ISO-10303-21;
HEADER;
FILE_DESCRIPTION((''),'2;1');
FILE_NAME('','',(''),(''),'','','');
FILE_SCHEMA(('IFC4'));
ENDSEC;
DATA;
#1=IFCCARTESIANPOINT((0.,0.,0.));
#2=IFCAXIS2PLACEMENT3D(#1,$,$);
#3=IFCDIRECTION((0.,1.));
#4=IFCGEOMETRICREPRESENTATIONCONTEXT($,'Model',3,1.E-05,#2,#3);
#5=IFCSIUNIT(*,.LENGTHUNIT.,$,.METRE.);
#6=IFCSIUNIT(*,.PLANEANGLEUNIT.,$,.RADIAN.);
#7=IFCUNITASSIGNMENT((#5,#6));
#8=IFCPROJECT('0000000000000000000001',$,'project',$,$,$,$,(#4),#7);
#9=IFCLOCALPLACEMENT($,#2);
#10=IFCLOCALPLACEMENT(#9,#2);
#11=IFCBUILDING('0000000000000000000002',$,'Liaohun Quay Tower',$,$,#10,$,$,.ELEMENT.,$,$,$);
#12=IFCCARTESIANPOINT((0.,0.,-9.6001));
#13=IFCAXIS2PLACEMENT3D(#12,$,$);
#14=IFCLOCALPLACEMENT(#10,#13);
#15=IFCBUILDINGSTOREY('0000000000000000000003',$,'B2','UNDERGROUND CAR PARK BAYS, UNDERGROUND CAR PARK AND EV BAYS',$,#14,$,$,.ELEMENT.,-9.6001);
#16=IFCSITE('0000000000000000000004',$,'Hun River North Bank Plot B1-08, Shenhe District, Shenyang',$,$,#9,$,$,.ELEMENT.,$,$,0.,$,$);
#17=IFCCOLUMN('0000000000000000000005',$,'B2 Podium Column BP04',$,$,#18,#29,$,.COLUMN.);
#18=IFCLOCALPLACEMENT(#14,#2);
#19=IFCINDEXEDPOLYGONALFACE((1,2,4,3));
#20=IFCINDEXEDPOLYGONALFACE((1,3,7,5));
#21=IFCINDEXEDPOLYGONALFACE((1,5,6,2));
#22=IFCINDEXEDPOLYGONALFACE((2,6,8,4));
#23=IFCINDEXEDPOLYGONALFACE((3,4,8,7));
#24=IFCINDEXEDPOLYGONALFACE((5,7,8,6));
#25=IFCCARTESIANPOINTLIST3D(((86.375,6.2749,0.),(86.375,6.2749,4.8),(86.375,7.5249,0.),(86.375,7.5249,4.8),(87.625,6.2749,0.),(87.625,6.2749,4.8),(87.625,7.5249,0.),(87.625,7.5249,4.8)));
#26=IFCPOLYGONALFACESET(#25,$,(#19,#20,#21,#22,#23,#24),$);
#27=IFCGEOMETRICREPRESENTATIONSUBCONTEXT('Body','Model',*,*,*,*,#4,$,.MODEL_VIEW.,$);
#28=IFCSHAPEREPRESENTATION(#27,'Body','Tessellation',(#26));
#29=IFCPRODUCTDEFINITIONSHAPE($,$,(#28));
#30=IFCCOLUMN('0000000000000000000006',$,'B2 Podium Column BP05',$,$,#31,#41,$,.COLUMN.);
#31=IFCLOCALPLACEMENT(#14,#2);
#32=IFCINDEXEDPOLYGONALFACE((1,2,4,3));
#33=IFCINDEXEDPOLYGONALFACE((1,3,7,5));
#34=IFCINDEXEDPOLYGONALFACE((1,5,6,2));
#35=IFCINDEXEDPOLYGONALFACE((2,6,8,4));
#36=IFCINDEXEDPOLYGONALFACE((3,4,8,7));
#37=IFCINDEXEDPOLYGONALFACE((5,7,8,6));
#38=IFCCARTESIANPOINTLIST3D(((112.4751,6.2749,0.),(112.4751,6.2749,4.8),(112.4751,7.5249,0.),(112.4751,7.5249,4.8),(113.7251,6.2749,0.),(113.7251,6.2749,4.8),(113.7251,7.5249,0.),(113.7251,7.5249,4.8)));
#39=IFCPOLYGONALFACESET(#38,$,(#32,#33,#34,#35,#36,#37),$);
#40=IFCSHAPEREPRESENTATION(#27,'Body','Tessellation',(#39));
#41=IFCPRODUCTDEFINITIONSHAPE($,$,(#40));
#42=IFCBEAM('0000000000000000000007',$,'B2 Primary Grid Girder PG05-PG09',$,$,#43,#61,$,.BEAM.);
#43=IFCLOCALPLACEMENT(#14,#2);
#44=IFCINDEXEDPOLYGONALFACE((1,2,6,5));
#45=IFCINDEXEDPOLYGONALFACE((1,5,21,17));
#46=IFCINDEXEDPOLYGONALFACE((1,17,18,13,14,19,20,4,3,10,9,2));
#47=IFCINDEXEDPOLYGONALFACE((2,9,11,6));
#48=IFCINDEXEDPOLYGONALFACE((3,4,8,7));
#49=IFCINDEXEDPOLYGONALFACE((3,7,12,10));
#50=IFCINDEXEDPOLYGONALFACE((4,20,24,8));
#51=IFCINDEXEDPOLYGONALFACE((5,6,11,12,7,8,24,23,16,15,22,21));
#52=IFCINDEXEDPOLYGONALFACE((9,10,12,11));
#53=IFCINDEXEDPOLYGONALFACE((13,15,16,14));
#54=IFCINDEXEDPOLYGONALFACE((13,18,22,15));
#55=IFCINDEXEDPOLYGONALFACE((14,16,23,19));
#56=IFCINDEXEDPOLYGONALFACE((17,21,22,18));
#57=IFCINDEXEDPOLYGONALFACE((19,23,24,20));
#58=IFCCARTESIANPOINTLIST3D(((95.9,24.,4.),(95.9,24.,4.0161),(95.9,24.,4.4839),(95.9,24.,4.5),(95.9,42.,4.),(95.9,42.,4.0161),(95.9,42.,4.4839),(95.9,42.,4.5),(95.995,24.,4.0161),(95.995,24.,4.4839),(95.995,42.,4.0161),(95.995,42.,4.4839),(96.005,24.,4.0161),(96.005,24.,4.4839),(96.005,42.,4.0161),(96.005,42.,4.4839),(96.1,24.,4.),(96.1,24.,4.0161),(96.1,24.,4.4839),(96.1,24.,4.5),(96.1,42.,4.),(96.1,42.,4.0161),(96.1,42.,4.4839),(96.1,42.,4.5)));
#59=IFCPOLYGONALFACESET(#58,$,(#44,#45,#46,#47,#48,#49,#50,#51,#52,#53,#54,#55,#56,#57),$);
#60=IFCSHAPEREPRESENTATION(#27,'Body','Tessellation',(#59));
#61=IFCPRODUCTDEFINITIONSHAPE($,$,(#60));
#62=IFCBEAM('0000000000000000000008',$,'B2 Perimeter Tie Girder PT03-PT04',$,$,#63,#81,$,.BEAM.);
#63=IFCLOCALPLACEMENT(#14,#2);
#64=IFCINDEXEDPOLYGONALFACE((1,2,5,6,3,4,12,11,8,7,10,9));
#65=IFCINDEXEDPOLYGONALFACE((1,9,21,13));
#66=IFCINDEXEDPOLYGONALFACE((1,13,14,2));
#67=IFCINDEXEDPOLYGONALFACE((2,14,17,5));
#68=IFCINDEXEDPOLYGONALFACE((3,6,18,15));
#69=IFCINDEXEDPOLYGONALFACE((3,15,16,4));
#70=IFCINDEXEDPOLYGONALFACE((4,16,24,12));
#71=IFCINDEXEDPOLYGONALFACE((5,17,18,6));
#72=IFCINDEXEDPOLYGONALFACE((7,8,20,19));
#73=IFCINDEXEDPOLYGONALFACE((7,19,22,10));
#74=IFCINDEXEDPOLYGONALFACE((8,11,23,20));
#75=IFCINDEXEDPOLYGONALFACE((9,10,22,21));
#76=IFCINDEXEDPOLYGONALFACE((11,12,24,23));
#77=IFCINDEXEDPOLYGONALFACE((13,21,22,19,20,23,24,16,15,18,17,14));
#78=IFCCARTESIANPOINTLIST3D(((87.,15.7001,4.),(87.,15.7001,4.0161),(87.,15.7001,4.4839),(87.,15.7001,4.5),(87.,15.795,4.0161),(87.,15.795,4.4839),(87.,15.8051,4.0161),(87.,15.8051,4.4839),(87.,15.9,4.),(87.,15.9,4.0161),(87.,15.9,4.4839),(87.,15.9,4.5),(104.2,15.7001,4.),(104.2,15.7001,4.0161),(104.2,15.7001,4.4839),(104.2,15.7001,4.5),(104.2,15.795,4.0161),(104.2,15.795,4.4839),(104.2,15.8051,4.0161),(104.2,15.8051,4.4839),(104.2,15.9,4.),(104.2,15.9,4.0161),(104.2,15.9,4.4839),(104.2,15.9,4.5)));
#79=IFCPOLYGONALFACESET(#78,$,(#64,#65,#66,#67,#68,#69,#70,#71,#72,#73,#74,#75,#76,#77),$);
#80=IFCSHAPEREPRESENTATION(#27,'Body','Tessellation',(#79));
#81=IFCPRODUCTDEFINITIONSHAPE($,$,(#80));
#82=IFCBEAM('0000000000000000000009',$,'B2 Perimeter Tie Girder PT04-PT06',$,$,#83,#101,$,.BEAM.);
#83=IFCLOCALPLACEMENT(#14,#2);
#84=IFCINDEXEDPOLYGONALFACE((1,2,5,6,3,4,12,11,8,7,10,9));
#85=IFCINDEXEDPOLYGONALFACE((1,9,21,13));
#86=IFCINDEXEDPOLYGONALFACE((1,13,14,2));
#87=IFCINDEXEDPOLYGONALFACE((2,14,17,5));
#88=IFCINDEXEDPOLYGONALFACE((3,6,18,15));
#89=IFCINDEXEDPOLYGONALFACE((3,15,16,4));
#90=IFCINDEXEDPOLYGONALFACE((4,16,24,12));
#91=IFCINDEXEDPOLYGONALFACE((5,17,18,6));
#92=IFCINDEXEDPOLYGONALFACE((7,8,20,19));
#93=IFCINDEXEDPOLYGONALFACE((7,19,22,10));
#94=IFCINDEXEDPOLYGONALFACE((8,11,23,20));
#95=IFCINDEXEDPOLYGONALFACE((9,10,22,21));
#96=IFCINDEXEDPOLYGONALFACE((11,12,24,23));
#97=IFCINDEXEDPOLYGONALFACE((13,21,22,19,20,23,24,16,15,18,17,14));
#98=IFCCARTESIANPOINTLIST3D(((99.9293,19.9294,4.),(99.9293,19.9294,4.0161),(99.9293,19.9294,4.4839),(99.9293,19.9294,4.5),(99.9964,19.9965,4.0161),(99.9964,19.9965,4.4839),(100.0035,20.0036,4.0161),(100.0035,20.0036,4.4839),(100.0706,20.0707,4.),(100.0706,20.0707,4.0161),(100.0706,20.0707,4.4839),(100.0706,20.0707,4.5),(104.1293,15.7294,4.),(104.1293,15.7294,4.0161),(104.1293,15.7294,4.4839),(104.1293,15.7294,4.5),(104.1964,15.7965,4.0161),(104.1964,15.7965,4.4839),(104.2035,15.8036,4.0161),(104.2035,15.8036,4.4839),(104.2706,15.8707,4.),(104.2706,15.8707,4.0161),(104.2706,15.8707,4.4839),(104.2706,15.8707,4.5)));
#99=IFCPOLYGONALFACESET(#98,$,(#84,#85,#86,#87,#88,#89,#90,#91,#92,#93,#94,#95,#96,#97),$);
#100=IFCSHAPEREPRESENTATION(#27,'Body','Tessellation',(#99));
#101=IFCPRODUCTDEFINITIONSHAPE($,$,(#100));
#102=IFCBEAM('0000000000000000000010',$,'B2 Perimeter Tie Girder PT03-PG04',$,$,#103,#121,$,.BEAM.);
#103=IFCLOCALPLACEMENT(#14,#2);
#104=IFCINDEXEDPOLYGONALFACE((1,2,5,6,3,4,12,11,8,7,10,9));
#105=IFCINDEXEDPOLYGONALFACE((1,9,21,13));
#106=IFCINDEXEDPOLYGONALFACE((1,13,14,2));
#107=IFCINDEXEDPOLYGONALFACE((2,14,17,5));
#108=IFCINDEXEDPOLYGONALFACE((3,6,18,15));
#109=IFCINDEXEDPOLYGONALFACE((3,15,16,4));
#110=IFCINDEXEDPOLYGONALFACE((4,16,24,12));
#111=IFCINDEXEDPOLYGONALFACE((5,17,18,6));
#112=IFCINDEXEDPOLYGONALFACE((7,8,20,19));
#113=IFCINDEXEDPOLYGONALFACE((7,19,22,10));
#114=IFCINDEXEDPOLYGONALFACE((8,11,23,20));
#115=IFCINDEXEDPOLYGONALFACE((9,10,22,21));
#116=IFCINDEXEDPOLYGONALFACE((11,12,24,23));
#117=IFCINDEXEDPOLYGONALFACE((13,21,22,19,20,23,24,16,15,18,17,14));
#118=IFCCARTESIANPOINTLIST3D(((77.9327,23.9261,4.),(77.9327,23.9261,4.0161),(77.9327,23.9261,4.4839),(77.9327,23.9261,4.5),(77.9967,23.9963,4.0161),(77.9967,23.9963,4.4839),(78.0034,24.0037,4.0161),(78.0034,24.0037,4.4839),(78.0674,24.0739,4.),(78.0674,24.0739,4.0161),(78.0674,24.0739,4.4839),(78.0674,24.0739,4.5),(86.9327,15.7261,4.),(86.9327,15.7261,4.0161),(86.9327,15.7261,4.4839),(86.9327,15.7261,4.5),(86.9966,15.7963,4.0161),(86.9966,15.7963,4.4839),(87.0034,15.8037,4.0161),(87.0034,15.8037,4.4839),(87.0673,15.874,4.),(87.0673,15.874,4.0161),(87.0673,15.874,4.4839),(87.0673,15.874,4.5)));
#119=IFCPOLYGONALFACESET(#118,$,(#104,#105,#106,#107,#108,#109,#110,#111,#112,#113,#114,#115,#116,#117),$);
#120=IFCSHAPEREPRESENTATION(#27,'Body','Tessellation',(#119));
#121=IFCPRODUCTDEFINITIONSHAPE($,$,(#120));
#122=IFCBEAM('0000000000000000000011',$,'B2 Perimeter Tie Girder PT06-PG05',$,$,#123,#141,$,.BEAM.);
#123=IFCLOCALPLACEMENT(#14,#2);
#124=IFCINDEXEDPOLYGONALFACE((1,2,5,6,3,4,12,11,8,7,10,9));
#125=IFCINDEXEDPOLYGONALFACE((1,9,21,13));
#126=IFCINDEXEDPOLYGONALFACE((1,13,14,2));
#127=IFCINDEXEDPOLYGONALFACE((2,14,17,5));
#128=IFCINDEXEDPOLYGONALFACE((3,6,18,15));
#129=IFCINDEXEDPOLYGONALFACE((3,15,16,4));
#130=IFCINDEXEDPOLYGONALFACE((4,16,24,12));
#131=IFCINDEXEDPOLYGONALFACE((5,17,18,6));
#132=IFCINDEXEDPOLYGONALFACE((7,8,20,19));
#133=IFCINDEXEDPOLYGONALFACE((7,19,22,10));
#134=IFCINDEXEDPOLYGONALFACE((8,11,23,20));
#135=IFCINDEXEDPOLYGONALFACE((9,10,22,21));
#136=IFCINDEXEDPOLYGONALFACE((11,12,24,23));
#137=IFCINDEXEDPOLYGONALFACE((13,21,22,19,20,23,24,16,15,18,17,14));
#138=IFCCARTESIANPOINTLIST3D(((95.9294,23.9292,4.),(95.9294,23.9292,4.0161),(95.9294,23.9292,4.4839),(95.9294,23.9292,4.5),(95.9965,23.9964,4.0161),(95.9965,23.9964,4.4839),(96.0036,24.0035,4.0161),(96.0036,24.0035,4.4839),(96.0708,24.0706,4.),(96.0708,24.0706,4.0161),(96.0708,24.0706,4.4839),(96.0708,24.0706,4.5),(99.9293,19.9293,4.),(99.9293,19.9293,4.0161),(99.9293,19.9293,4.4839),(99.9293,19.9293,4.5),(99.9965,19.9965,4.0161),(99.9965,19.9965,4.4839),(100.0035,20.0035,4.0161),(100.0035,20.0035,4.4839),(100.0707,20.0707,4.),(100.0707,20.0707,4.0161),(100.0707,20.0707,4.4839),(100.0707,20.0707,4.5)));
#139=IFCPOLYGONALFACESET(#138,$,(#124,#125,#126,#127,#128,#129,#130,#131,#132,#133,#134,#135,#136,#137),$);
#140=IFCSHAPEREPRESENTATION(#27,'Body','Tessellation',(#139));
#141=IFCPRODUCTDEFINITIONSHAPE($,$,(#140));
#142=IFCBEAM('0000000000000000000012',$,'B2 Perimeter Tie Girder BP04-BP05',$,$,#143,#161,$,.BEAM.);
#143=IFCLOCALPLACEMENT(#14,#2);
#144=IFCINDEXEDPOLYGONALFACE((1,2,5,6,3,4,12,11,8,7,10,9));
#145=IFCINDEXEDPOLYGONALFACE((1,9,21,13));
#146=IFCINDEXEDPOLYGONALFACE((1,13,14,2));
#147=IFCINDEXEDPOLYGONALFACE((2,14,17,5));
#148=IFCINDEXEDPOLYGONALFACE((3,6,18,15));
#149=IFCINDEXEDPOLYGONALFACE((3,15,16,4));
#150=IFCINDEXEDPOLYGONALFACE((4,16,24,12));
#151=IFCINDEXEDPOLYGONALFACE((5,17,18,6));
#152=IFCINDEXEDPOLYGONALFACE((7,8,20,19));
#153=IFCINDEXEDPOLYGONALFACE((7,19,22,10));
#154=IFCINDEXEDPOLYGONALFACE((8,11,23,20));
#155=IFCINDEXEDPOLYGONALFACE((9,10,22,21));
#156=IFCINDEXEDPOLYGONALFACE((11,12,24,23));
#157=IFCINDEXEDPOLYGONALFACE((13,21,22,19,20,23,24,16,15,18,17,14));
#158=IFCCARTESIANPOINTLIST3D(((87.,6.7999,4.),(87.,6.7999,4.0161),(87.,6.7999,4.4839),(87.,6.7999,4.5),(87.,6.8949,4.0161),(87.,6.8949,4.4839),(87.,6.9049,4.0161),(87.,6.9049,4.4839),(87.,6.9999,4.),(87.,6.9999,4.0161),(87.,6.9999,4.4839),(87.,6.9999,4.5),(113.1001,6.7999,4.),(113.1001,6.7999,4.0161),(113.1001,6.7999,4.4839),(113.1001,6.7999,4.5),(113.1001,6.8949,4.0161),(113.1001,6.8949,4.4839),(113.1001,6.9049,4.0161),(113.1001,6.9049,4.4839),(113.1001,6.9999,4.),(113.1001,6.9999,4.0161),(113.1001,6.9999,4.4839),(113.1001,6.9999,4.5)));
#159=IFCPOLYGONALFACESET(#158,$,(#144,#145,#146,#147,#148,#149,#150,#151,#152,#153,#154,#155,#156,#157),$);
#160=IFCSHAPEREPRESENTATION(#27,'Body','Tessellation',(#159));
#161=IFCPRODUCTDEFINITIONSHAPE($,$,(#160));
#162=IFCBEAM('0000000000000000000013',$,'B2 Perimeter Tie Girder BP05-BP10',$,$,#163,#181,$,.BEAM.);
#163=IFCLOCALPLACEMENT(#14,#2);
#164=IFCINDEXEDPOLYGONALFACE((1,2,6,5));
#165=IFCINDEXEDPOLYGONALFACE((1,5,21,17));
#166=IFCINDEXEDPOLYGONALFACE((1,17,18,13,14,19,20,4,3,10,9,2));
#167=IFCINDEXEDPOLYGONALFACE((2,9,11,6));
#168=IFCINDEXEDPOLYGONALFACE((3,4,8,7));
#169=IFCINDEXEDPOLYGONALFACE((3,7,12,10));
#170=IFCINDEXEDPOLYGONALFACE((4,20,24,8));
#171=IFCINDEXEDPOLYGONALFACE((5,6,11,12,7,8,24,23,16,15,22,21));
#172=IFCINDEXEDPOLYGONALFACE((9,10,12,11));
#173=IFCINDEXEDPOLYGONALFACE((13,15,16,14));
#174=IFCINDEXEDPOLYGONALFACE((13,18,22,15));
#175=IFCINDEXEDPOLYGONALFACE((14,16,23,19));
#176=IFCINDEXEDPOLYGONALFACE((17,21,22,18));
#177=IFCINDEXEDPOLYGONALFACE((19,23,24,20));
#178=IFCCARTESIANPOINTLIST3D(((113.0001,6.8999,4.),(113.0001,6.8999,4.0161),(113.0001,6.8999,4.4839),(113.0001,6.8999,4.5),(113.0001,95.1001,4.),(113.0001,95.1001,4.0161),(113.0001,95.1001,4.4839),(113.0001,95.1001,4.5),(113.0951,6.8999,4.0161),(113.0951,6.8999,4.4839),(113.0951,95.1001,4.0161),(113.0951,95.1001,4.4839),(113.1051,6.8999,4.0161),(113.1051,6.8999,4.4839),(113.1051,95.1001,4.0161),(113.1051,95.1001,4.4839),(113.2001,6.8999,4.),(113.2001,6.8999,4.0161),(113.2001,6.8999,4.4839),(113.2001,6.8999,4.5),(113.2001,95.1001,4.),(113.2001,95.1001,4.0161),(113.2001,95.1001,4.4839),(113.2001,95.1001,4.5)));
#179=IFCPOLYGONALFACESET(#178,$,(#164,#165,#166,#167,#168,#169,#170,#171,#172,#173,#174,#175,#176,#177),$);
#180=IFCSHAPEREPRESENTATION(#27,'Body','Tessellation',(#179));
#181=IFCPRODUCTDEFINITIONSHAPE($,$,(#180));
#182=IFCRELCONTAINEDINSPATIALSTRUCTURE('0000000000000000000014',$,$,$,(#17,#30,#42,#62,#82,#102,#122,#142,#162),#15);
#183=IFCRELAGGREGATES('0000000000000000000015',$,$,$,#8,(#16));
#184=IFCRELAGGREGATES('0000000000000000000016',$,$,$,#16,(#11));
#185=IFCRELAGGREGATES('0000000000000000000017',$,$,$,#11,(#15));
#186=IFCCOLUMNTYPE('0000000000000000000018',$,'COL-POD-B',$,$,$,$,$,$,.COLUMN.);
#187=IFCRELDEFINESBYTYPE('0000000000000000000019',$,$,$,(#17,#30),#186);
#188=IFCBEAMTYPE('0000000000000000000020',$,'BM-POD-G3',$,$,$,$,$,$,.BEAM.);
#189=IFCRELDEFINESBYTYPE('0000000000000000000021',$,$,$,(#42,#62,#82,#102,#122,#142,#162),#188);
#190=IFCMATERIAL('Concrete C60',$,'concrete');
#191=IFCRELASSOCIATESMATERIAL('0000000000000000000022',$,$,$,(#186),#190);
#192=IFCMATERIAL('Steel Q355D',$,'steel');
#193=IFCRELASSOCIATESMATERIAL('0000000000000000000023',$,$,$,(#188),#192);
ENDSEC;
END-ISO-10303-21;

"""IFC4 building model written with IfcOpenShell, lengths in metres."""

from ifc_helpers import new_model, si_unit, direction, frame, origin, origin_2d, place, context, subcontext, project, spatial, rectangle, i_section, extrude, source, transform, mapped, material, material_profile, profile_set, type_object, element, save


model = new_model("IFC4")

# Units and contexts
model_context = context("Model", 3, precision=1e-05, world=origin(), true_north=direction((0.0, 1.0)))
body_context = subcontext(model_context, "Body", "Model", "MODEL_VIEW")
ifc_project = project(units=[si_unit("LENGTHUNIT", "METRE"), si_unit("PLANEANGLEUNIT", "RADIAN")], contexts=[model_context])

# Site, building, storey
site_placement = place(None, origin())
site = spatial("IfcSite", under=ifc_project, at=site_placement, Name="Hun River North Bank Plot B1-08, Shenhe District, Shenyang", CompositionType="ELEMENT", RefElevation=0.0)
building_placement = place(site_placement, origin())
building = spatial("IfcBuilding", under=site, at=building_placement, Name="Liaohun Quay Tower", CompositionType="ELEMENT")
storey_placement = place(building_placement, frame((0.0, 0.0, -9.6001)))
storey = spatial("IfcBuildingStorey", under=building, at=storey_placement, Name="B2", Description="UNDERGROUND CAR PARK BAYS, UNDERGROUND CAR PARK AND EV BAYS", CompositionType="ELEMENT", Elevation=-9.6001)

# Columns
ifc_material_1 = material(Name="Concrete C60", Category="concrete")
ifc_material_profile_1 = material_profile(ifc_material_1, rectangle(XDim=1.25, YDim=1.25, at=origin_2d()), Name="RC1250x1250")
ifc_profile_set_1 = profile_set([ifc_material_profile_1], Name="Concrete C60")
column_type = type_object("IfcColumnType", Name="COL-POD-B", PredefinedType="COLUMN", material=ifc_profile_set_1)
shared_shape_1 = source(origin(), body_context, "Body", "SweptSolid", [
    extrude(rectangle(XDim=1.25, YDim=1.25, at=origin_2d()), origin(), (0.0, 0.0, 1.0), 4.8),
])
for number, where, z_axis, x_axis, name in (
    (1, (87.0, 6.8999, 0.0), (0.0, 0.0, 1.0), (1.0, 0.0, 0.0), "B2 Podium Column BP04"),
    (2, (113.1001, 6.8999, 0.0), (0.0, 0.0, 1.0), (1.0, 0.0, 0.0), "B2 Podium Column BP05"),
):
    element("IfcColumn", number, at=place(storey_placement, frame(where, z_axis=z_axis, x_axis=x_axis)), inside=storey, type_object=column_type, Name=name, PredefinedType="COLUMN", context=body_context, shape_type="MappedRepresentation", body=[
        mapped(shared_shape_1, transform((0.0, 0.0, 0.0), x_axis=(1.0, 0.0, 0.0), y_axis=(0.0, 1.0, 0.0), z_axis=(0.0, 0.0, 1.0), scale=1.0)),
    ])

# Beams
ifc_material_2 = material(Name="Steel Q355D", Category="steel")
ifc_material_profile_2 = material_profile(ifc_material_2, i_section(OverallWidth=0.2, OverallDepth=0.5, WebThickness=0.01, FlangeThickness=0.0161, at=origin_2d()), Name="HN500x200x10x16")
ifc_profile_set_2 = profile_set([ifc_material_profile_2], Name="Steel Q355D")
beam_type_1 = type_object("IfcBeamType", Name="BM-POD-G3", PredefinedType="BEAM", material=ifc_profile_set_2)
shared_shape_2 = source(origin(), body_context, "Body", "SweptSolid", [
    extrude(i_section(OverallWidth=0.2, OverallDepth=0.5, WebThickness=0.01, FlangeThickness=0.0161, at=origin_2d()), origin(), (0.0, 0.0, 1.0), 18.0),
])
beam_1_placement = place(storey_placement, frame((96.0, 24.0, 4.25), z_axis=(0.0, 1.0, 0.0), x_axis=(-1.0, 0.0, 0.0)))
element("IfcBeam", 3, at=beam_1_placement, inside=storey, type_object=beam_type_1, Name="B2 Primary Grid Girder PG05-PG09", PredefinedType="BEAM", context=body_context, shape_type="MappedRepresentation", body=[
    mapped(shared_shape_2, transform((0.0, 0.0, 0.0), x_axis=(1.0, 0.0, 0.0), y_axis=(0.0, 1.0, 0.0), z_axis=(0.0, 0.0, 1.0), scale=1.0)),
])
shared_shape_3 = source(origin(), body_context, "Body", "SweptSolid", [
    extrude(i_section(OverallWidth=0.2, OverallDepth=0.5, WebThickness=0.01, FlangeThickness=0.0161, at=origin_2d()), origin(), (0.0, 0.0, 1.0), 17.2),
])
beam_2_placement = place(storey_placement, frame((87.0, 15.8, 4.25), z_axis=(1.0, 0.0, 0.0), x_axis=(0.0, 1.0, 0.0)))
element("IfcBeam", 4, at=beam_2_placement, inside=storey, type_object=beam_type_1, Name="B2 Perimeter Tie Girder PT03-PT04", PredefinedType="BEAM", context=body_context, shape_type="MappedRepresentation", body=[
    mapped(shared_shape_3, transform((0.0, 0.0, 0.0), x_axis=(1.0, 0.0, 0.0), y_axis=(0.0, 1.0, 0.0), z_axis=(0.0, 0.0, 1.0), scale=1.0)),
])
shared_shape_4 = source(origin(), body_context, "Body", "SweptSolid", [
    extrude(i_section(OverallWidth=0.2, OverallDepth=0.5, WebThickness=0.01, FlangeThickness=0.0161, at=origin_2d()), origin(), (0.0, 0.0, 1.0), 5.9397),
])
beam_3_placement = place(storey_placement, frame((104.2, 15.8, 4.25), z_axis=(-0.707107, 0.707107, 0.0), x_axis=(-0.707107, -0.707107, 0.0)))
element("IfcBeam", 5, at=beam_3_placement, inside=storey, type_object=beam_type_1, Name="B2 Perimeter Tie Girder PT04-PT06", PredefinedType="BEAM", context=body_context, shape_type="MappedRepresentation", body=[
    mapped(shared_shape_4, transform((0.0, 0.0, 0.0), x_axis=(1.0, 0.0, 0.0), y_axis=(0.0, 1.0, 0.0), z_axis=(0.0, 0.0, 1.0), scale=1.0)),
])
shared_shape_5 = source(origin(), body_context, "Body", "SweptSolid", [
    extrude(i_section(OverallWidth=0.2, OverallDepth=0.5, WebThickness=0.01, FlangeThickness=0.0161, at=origin_2d()), origin(), (0.0, 0.0, 1.0), 12.1753),
])
beam_4_placement = place(storey_placement, frame((87.0, 15.8, 4.25), z_axis=(-0.739198, 0.673488, 0.0), x_axis=(-0.673488, -0.739198, 0.0)))
element("IfcBeam", 6, at=beam_4_placement, inside=storey, type_object=beam_type_1, Name="B2 Perimeter Tie Girder PT03-PG04", PredefinedType="BEAM", context=body_context, shape_type="MappedRepresentation", body=[
    mapped(shared_shape_5, transform((0.0, 0.0, 0.0), x_axis=(1.0, 0.0, 0.0), y_axis=(0.0, 1.0, 0.0), z_axis=(0.0, 0.0, 1.0), scale=1.0)),
])
shared_shape_6 = source(origin(), body_context, "Body", "SweptSolid", [
    extrude(i_section(OverallWidth=0.2, OverallDepth=0.5, WebThickness=0.01, FlangeThickness=0.0161, at=origin_2d()), origin(), (0.0, 0.0, 1.0), 5.6567),
])
beam_5_placement = place(storey_placement, frame((100.0, 20.0, 4.25), z_axis=(-0.707107, 0.707107, 0.0), x_axis=(-0.707107, -0.707107, 0.0)))
element("IfcBeam", 7, at=beam_5_placement, inside=storey, type_object=beam_type_1, Name="B2 Perimeter Tie Girder PT06-PG05", PredefinedType="BEAM", context=body_context, shape_type="MappedRepresentation", body=[
    mapped(shared_shape_6, transform((0.0, 0.0, 0.0), x_axis=(1.0, 0.0, 0.0), y_axis=(0.0, 1.0, 0.0), z_axis=(0.0, 0.0, 1.0), scale=1.0)),
])
shared_shape_7 = source(origin(), body_context, "Body", "SweptSolid", [
    extrude(i_section(OverallWidth=0.2, OverallDepth=0.5, WebThickness=0.01, FlangeThickness=0.0161, at=origin_2d()), origin(), (0.0, 0.0, 1.0), 26.1001),
])
beam_6_placement = place(storey_placement, frame((87.0, 6.8999, 4.25), z_axis=(1.0, 0.0, 0.0), x_axis=(0.0, 1.0, 0.0)))
element("IfcBeam", 8, at=beam_6_placement, inside=storey, type_object=beam_type_1, Name="B2 Perimeter Tie Girder BP04-BP05", PredefinedType="BEAM", context=body_context, shape_type="MappedRepresentation", body=[
    mapped(shared_shape_7, transform((0.0, 0.0, 0.0), x_axis=(1.0, 0.0, 0.0), y_axis=(0.0, 1.0, 0.0), z_axis=(0.0, 0.0, 1.0), scale=1.0)),
])
shared_shape_8 = source(origin(), body_context, "Body", "SweptSolid", [
    extrude(i_section(OverallWidth=0.2, OverallDepth=0.5, WebThickness=0.01, FlangeThickness=0.0161, at=origin_2d()), origin(), (0.0, 0.0, 1.0), 88.2002),
])
beam_7_placement = place(storey_placement, frame((113.1001, 6.8999, 4.25), z_axis=(0.0, 1.0, 0.0), x_axis=(-1.0, 0.0, 0.0)))
element("IfcBeam", 9, at=beam_7_placement, inside=storey, type_object=beam_type_1, Name="B2 Perimeter Tie Girder BP05-BP10", PredefinedType="BEAM", context=body_context, shape_type="MappedRepresentation", body=[
    mapped(shared_shape_8, transform((0.0, 0.0, 0.0), x_axis=(1.0, 0.0, 0.0), y_axis=(0.0, 1.0, 0.0), z_axis=(0.0, 0.0, 1.0), scale=1.0)),
])

save(model, "model.ifc")
